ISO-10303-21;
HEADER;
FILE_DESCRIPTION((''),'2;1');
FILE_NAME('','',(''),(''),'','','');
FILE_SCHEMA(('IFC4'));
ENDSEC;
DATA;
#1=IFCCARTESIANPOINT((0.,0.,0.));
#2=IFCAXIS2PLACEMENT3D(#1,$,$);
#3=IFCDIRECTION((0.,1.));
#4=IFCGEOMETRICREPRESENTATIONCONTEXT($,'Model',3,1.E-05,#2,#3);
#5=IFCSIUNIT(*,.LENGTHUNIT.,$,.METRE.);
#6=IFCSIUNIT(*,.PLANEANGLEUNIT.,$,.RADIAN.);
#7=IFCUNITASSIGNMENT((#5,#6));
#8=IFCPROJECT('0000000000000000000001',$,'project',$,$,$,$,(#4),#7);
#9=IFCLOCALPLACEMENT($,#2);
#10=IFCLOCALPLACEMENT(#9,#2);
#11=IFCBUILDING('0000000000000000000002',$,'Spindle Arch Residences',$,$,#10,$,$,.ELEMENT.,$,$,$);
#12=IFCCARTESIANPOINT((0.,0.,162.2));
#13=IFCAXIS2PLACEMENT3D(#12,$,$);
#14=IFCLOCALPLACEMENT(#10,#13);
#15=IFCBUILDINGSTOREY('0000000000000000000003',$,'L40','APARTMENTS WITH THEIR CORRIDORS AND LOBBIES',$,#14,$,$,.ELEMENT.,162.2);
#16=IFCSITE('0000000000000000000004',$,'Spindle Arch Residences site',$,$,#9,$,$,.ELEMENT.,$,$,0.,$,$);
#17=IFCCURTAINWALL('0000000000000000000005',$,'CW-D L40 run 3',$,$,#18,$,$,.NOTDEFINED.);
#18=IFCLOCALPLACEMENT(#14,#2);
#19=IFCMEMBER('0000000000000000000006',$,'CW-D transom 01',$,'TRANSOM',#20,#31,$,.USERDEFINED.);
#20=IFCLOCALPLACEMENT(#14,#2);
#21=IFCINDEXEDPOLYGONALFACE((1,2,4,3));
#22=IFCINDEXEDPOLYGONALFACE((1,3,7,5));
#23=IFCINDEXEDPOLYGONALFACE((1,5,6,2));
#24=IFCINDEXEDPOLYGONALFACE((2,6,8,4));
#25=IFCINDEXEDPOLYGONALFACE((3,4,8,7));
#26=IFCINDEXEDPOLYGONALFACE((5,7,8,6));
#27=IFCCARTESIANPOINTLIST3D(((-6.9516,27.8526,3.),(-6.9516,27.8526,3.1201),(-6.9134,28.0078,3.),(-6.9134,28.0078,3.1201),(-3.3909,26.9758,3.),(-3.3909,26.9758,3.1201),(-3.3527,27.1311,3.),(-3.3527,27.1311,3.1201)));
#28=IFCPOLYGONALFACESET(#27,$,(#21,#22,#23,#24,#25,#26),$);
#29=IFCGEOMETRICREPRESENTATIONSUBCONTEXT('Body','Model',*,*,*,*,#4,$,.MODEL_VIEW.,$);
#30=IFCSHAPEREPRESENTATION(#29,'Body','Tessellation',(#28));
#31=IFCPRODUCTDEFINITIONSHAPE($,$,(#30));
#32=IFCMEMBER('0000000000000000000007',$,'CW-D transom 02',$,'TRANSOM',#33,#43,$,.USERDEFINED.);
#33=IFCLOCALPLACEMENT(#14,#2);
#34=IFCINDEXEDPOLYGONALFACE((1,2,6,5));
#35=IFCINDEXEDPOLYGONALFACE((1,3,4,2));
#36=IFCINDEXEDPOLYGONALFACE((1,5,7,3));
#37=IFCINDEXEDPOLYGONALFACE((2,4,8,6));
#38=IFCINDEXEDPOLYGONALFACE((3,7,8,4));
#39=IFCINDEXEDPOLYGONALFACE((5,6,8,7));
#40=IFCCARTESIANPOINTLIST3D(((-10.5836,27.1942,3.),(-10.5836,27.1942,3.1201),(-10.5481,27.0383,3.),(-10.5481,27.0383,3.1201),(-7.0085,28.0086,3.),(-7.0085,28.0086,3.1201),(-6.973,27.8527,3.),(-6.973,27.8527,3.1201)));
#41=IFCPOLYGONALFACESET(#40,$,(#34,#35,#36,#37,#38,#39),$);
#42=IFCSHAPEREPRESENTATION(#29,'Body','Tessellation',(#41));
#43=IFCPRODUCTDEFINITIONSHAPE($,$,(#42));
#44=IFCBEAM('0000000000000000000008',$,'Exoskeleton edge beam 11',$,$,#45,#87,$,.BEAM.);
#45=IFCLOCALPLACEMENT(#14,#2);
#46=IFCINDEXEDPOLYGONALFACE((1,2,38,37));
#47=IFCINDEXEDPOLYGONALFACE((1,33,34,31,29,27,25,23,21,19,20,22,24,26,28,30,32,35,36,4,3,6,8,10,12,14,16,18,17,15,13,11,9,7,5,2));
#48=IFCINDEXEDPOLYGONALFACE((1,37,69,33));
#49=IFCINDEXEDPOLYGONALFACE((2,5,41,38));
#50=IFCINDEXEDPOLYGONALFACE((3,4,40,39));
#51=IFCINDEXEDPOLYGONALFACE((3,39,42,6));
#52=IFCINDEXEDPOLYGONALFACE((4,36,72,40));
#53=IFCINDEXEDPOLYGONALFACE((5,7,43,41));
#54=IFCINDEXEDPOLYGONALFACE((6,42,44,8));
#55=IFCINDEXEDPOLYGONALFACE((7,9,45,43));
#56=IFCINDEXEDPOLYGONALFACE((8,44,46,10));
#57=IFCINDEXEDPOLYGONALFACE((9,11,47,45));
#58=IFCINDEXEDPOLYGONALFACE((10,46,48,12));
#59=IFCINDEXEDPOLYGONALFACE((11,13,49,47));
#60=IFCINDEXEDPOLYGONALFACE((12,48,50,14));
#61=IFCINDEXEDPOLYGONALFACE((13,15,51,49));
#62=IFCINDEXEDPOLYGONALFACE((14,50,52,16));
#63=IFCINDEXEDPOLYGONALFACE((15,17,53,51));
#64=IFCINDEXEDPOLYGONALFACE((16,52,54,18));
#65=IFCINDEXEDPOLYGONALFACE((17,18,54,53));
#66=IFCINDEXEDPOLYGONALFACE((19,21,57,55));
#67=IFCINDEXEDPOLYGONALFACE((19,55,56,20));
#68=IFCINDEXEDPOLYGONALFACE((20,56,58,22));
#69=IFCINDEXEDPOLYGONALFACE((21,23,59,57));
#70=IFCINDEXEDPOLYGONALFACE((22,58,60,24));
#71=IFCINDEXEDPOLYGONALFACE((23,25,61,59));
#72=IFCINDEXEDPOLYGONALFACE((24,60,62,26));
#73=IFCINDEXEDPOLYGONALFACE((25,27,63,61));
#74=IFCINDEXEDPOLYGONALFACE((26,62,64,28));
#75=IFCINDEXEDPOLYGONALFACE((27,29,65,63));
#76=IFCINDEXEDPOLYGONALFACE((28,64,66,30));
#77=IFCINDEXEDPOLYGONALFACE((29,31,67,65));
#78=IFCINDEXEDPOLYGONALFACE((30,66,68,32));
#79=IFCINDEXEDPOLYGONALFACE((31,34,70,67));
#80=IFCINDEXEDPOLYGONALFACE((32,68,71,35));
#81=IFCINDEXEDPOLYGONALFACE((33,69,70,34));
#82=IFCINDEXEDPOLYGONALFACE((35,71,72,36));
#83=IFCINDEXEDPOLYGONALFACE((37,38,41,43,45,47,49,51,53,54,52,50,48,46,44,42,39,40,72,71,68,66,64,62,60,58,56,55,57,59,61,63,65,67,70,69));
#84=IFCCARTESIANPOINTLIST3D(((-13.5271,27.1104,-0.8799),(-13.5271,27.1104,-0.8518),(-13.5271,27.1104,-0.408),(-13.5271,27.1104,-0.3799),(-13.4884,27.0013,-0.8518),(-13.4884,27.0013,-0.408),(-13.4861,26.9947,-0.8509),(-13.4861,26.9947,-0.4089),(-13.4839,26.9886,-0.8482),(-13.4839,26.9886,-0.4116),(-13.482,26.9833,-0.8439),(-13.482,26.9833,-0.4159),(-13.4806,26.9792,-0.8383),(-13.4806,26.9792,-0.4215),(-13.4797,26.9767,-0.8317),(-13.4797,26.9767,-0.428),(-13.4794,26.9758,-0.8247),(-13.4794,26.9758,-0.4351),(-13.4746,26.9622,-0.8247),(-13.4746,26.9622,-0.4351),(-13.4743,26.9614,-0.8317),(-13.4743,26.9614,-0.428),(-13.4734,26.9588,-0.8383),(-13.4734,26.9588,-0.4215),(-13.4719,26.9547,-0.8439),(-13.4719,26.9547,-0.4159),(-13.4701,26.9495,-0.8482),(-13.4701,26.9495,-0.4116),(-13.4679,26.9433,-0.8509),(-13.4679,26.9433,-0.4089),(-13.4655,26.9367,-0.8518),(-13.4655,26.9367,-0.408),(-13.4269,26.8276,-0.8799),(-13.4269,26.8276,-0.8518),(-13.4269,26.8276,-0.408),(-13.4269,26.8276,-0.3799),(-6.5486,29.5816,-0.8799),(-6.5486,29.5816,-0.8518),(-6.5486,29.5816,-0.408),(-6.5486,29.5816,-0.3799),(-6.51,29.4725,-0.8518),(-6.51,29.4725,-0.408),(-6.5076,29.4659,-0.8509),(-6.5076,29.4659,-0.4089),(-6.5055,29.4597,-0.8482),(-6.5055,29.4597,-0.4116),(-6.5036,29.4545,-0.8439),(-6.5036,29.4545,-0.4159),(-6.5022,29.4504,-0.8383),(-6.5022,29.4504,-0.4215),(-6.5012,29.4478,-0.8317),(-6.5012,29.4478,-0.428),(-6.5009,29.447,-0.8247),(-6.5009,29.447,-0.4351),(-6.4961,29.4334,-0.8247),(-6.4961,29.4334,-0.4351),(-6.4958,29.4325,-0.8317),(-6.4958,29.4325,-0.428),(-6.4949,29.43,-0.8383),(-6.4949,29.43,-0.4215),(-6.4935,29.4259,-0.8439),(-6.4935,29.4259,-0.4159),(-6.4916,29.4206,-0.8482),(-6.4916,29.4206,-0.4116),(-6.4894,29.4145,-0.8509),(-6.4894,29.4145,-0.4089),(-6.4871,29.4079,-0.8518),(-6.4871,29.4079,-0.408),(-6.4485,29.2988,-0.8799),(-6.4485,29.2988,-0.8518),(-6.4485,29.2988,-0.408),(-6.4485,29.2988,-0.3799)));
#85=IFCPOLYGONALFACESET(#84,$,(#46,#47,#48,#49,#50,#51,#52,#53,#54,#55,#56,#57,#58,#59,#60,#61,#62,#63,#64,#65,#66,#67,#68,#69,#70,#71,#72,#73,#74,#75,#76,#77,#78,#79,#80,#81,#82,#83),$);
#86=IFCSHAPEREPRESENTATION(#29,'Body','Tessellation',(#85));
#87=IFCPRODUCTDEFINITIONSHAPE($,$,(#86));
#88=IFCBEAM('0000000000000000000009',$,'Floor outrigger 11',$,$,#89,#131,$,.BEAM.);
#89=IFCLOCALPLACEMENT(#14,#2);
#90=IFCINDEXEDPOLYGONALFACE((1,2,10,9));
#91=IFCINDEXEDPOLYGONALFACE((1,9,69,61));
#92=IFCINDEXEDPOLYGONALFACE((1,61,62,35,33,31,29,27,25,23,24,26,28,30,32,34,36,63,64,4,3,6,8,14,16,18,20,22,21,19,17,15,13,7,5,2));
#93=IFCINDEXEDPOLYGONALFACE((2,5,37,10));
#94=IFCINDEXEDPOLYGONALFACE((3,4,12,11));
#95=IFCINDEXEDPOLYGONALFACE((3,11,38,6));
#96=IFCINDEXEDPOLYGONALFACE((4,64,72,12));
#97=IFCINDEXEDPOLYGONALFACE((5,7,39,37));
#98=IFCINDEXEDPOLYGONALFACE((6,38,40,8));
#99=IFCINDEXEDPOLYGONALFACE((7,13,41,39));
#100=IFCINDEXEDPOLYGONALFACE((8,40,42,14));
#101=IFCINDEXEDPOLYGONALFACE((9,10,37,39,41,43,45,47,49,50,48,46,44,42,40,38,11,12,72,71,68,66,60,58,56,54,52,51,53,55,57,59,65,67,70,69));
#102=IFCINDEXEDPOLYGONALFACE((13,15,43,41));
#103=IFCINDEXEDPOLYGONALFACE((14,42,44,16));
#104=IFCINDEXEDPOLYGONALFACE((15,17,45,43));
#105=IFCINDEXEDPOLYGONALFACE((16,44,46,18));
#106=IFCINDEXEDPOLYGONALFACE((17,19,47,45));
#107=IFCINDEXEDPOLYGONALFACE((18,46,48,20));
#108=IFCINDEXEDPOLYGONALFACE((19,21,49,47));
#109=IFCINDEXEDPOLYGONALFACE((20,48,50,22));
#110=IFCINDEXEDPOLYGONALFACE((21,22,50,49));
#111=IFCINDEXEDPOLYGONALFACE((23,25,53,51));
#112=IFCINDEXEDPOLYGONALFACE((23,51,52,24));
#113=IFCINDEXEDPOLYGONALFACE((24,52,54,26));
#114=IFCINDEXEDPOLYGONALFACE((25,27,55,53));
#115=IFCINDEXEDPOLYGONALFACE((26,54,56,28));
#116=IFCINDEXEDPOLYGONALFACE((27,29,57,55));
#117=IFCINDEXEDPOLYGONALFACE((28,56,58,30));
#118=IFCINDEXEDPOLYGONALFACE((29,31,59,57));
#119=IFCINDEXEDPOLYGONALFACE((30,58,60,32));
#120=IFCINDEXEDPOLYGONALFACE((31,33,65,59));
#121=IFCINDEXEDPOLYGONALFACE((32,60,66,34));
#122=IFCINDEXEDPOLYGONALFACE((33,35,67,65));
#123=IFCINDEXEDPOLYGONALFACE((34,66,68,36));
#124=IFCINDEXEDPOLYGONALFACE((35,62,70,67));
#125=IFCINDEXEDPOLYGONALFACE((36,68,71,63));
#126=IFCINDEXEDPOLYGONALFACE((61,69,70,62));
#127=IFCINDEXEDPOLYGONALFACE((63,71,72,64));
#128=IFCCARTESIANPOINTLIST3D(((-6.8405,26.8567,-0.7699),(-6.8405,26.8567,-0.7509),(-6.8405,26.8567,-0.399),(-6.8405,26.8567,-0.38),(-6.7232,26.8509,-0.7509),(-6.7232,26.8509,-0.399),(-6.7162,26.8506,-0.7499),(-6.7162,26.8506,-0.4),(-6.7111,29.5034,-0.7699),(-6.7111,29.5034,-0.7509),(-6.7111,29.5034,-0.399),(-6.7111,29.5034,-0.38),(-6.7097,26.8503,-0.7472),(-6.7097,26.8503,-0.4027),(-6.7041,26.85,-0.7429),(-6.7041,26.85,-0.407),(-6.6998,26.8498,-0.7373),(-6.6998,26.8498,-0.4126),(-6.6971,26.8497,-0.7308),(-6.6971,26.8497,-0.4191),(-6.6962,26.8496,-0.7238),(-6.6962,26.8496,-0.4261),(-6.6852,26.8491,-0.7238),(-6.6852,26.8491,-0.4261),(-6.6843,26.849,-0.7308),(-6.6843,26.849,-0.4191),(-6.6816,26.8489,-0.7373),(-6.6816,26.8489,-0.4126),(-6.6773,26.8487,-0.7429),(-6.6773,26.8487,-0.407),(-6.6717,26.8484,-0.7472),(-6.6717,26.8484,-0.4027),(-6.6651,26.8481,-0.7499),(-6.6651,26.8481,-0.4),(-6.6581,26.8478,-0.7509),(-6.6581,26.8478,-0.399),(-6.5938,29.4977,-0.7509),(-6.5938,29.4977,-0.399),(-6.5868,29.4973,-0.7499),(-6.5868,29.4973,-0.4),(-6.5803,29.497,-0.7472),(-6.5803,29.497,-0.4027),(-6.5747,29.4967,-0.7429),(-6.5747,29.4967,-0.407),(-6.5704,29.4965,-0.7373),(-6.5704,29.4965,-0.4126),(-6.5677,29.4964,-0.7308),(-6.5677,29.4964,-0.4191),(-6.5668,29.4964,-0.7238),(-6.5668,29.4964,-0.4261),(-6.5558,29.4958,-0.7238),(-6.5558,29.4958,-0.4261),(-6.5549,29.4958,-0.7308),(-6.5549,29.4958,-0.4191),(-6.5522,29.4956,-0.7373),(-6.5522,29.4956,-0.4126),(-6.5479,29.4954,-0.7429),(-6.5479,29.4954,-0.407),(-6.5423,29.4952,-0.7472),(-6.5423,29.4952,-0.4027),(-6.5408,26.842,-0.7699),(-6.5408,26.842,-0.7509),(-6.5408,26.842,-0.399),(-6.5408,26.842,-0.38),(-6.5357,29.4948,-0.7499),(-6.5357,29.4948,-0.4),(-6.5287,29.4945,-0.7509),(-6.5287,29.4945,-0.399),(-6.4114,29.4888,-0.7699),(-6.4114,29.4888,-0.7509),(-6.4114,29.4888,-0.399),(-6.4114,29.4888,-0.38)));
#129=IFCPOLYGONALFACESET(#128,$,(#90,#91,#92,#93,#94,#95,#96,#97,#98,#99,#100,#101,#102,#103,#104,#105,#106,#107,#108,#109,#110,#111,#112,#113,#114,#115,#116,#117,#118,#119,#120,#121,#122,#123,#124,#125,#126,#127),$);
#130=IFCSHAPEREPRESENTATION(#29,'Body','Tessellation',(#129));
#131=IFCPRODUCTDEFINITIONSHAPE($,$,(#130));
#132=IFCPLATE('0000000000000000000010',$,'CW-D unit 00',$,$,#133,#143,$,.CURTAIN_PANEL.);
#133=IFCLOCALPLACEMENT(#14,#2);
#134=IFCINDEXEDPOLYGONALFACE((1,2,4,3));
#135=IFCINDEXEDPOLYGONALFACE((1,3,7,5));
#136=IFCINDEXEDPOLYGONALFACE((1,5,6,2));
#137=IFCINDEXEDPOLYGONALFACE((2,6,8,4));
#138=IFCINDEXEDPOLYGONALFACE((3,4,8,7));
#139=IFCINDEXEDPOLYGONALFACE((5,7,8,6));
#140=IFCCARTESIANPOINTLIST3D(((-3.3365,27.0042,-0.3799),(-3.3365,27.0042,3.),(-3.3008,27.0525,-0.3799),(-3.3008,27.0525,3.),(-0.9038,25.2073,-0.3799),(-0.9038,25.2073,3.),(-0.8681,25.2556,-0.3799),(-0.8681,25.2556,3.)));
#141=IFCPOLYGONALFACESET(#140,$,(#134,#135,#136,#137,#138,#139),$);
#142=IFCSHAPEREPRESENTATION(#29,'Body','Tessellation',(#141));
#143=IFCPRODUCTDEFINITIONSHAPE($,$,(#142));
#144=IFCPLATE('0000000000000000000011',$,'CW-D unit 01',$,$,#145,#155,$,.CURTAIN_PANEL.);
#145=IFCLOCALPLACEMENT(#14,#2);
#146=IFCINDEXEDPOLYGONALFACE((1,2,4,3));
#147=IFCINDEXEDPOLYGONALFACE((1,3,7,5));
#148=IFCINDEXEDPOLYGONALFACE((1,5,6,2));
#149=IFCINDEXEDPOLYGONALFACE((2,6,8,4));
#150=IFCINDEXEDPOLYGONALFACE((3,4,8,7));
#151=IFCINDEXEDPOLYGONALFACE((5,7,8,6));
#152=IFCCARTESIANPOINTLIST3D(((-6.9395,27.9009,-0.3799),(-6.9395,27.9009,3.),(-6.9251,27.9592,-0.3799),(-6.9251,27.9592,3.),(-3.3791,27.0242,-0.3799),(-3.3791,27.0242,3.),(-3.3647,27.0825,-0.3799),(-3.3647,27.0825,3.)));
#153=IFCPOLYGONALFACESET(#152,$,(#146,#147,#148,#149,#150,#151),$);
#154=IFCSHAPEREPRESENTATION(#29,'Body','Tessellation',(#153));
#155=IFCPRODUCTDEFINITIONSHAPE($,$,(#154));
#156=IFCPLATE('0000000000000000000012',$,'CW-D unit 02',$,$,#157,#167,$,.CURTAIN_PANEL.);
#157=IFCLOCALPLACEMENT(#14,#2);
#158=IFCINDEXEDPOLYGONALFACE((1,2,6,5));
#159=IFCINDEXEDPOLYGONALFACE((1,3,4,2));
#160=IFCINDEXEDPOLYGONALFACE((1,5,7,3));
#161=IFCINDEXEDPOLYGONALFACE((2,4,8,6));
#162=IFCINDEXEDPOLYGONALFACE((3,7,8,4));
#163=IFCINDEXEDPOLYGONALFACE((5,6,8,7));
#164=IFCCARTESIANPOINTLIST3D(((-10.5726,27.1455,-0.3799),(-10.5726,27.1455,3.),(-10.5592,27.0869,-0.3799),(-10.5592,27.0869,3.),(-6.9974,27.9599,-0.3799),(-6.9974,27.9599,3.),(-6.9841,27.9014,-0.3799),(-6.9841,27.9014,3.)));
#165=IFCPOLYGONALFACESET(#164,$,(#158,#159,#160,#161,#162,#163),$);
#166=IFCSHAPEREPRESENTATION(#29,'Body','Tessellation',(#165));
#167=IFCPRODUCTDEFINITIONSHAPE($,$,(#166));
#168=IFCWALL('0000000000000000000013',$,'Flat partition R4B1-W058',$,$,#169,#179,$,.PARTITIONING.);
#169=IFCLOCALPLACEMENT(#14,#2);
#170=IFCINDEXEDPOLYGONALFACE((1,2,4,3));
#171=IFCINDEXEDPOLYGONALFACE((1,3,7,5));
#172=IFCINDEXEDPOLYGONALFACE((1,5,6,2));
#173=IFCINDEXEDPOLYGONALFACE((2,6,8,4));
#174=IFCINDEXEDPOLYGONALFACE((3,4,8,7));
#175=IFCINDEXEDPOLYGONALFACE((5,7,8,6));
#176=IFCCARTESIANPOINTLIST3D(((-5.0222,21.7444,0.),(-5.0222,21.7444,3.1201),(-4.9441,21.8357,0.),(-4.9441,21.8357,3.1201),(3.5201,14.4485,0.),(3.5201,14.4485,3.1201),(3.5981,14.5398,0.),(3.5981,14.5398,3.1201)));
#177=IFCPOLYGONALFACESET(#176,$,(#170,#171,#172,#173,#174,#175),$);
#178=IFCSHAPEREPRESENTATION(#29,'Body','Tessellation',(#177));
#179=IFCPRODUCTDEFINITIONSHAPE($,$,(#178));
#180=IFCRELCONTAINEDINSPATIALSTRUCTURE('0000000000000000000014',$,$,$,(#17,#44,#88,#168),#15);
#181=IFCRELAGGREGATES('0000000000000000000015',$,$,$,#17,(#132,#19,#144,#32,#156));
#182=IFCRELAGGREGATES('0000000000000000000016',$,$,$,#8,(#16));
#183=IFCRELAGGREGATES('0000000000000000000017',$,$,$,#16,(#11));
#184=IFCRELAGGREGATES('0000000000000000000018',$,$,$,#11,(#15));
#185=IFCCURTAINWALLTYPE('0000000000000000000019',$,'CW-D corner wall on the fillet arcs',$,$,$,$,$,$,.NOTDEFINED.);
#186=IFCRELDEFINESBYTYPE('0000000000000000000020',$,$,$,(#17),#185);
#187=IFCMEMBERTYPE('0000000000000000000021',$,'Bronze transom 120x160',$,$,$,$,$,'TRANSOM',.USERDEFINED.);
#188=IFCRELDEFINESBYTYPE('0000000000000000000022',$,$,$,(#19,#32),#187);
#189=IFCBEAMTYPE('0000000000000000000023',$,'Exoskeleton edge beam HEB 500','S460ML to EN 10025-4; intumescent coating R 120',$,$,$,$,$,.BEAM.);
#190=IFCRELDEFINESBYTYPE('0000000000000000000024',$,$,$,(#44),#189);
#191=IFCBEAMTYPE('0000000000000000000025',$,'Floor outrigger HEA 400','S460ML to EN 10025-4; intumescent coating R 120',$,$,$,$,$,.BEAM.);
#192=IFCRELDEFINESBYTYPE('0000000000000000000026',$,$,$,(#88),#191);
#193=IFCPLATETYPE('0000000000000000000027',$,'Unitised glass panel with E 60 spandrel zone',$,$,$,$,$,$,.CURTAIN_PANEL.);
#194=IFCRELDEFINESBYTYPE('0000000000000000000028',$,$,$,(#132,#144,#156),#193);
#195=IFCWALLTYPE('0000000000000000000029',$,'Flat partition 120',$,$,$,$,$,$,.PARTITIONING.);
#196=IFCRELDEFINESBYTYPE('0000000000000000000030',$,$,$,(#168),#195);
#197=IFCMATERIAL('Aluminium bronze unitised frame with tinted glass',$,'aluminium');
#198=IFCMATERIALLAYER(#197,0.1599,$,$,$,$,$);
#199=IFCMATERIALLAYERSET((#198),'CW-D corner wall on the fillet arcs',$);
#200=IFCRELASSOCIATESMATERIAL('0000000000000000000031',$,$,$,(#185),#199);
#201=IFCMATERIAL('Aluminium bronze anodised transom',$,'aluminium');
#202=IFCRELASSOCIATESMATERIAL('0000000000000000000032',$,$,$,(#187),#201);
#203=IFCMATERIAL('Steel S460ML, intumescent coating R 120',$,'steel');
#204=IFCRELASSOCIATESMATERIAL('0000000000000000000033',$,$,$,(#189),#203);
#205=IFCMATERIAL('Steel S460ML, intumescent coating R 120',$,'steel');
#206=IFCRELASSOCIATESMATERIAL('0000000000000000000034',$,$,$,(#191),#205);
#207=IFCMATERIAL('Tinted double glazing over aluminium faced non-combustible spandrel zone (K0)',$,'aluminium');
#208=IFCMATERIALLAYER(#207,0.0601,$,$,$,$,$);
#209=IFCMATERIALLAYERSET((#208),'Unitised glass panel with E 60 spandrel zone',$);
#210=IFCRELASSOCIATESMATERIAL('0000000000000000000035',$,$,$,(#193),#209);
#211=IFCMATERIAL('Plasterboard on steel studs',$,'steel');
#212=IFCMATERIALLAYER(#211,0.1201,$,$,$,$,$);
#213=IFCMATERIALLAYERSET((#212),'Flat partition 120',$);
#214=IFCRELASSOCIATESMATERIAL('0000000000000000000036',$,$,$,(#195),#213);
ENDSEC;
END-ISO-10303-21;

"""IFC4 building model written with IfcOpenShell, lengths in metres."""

from ifc_helpers import new_model, si_unit, direction, frame, frame_2d, origin, origin_2d, place, context, subcontext, project, spatial, rectangle, i_section, extrude, material, layer, layer_set, material_profile, profile_set, type_object, element, aggregate, save


model = new_model("IFC4")

# Units and contexts
model_context = context("Model", 3, precision=1e-05, world=origin(), true_north=direction((0.0, 1.0)))
body_context = subcontext(model_context, "Body", "Model", "MODEL_VIEW")
ifc_project = project(units=[si_unit("LENGTHUNIT", "METRE"), si_unit("PLANEANGLEUNIT", "RADIAN")], contexts=[model_context])

# Site, building, storey
site_placement = place(None, origin())
site = spatial("IfcSite", under=ifc_project, at=site_placement, Name="Spindle Arch Residences site", CompositionType="ELEMENT", RefElevation=0.0)
building_placement = place(site_placement, origin())
building = spatial("IfcBuilding", under=site, at=building_placement, Name="Spindle Arch Residences", CompositionType="ELEMENT")
storey_placement = place(building_placement, frame((0.0, 0.0, 162.2)))
storey = spatial("IfcBuildingStorey", under=building, at=storey_placement, Name="L40", Description="APARTMENTS WITH THEIR CORRIDORS AND LOBBIES", CompositionType="ELEMENT", Elevation=162.2)

# Curtain wall, members
ifc_material_1 = material(Name="Aluminium bronze unitised frame with tinted glass", Category="aluminium")
ifc_layer_1 = layer(ifc_material_1, 0.1599)
ifc_layer_set_1 = layer_set([ifc_layer_1], Name="CW-D corner wall on the fillet arcs")
curtain_wall_type = type_object("IfcCurtainWallType", Name="CW-D corner wall on the fillet arcs", PredefinedType="NOTDEFINED", material=ifc_layer_set_1)
curtain_wall_placement = place(storey_placement, origin())
curtain_wall = element("IfcCurtainWall", 1, at=curtain_wall_placement, inside=storey, type_object=curtain_wall_type, Name="CW-D L40 run 3", PredefinedType="NOTDEFINED")
ifc_material_2 = material(Name="Aluminium bronze anodised transom", Category="aluminium")
ifc_material_profile_1 = material_profile(ifc_material_2, rectangle(XDim=0.1599, YDim=0.1201, at=origin_2d()), Name="TR 120x160")
ifc_profile_set_1 = profile_set([ifc_material_profile_1], Name="Aluminium bronze anodised transom")
member_type_1 = type_object("IfcMemberType", Name="Bronze transom 120x160", ElementType="TRANSOM", PredefinedType="USERDEFINED", material=ifc_profile_set_1)
member_1_placement = place(storey_placement, frame((-3.3718, 27.0535, 3.0601), z_axis=(-0.970998, 0.239088, 0.0), x_axis=(-0.239088, -0.970998, 0.0)))
member_1 = element("IfcMember", 2, at=member_1_placement, type_object=member_type_1, Name="CW-D transom 01", ObjectType="TRANSOM", PredefinedType="USERDEFINED", context=body_context, shape_type="SweptSolid", body=[
    extrude(rectangle(XDim=0.1599, YDim=0.1201, at=origin_2d()), origin(), (0.0, 0.0, 1.0), 3.667),
])
member_2_placement = place(storey_placement, frame((-6.9907, 27.9307, 3.0601), z_axis=(-0.97502, -0.222116, 0.0), x_axis=(0.222116, -0.97502, 0.0)))
member_2 = element("IfcMember", 3, at=member_2_placement, type_object=member_type_1, Name="CW-D transom 02", ObjectType="TRANSOM", PredefinedType="USERDEFINED", context=body_context, shape_type="SweptSolid", body=[
    extrude(rectangle(XDim=0.1599, YDim=0.1201, at=origin_2d()), origin(), (0.0, 0.0, 1.0), 3.6667),
])

# Beams
ifc_material_3 = material(Name="Steel S460ML, intumescent coating R 120", Category="steel")
ifc_material_profile_2 = material_profile(ifc_material_3, i_section(OverallWidth=0.3, OverallDepth=0.5, WebThickness=0.0144, FlangeThickness=0.0281, FilletRadius=0.0271, at=origin_2d()), Name="HEB 500")
ifc_profile_set_2 = profile_set([ifc_material_profile_2], Name="Steel S460ML, intumescent coating R 120")
beam_type_1 = type_object("IfcBeamType", Name="Exoskeleton edge beam HEB 500", Description="S460ML to EN 10025-4; intumescent coating R 120", PredefinedType="BEAM", material=ifc_profile_set_2)
beam_1_placement = place(storey_placement, frame((-6.4985, 29.4402, -0.6299), z_axis=(-0.942643, -0.333803, 0.0), x_axis=(0.333803, -0.942643, 0.0)))
element("IfcBeam", 4, at=beam_1_placement, inside=storey, type_object=beam_type_1, Name="Exoskeleton edge beam 11", PredefinedType="BEAM", context=body_context, shape_type="SweptSolid", body=[
    extrude(i_section(OverallWidth=0.3, OverallDepth=0.5, WebThickness=0.0144, FlangeThickness=0.0281, FilletRadius=0.0271, at=origin_2d()), origin(), (0.0, 0.0, 1.0), 7.4031),
])
ifc_material_4 = material(Name="Steel S460ML, intumescent coating R 120", Category="steel")
ifc_material_profile_3 = material_profile(ifc_material_4, i_section(OverallWidth=0.3, OverallDepth=0.3899, WebThickness=0.011, FlangeThickness=0.019, FilletRadius=0.0271, at=origin_2d()), Name="HEA 400")
ifc_profile_set_3 = profile_set([ifc_material_profile_3], Name="Steel S460ML, intumescent coating R 120")
beam_type_2 = type_object("IfcBeamType", Name="Floor outrigger HEA 400", Description="S460ML to EN 10025-4; intumescent coating R 120", PredefinedType="BEAM", material=ifc_profile_set_3)
beam_2_placement = place(storey_placement, frame((-6.5613, 29.4961, -0.575), z_axis=(-0.04883, -0.998807, 0.0), x_axis=(0.998807, -0.04883, 0.0)))
element("IfcBeam", 5, at=beam_2_placement, inside=storey, type_object=beam_type_2, Name="Floor outrigger 11", PredefinedType="BEAM", context=body_context, shape_type="SweptSolid", body=[
    extrude(i_section(OverallWidth=0.3, OverallDepth=0.3899, WebThickness=0.011, FlangeThickness=0.019, FilletRadius=0.0271, at=origin_2d()), origin(), (0.0, 0.0, 1.0), 2.6499),
])

# Plates
ifc_material_5 = material(Name="Tinted double glazing over aluminium faced non-combustible spandrel zone (K0)", Category="aluminium")
ifc_layer_2 = layer(ifc_material_5, 0.0601)
ifc_layer_set_2 = layer_set([ifc_layer_2], Name="Unitised glass panel with E 60 spandrel zone")
plate_type = type_object("IfcPlateType", Name="Unitised glass panel with E 60 spandrel zone", PredefinedType="CURTAIN_PANEL", material=ifc_layer_set_2)
plate_1_placement = place(storey_placement, frame((-2.1023, 26.1299, -0.3799), z_axis=(0.0, 0.0, 1.0), x_axis=(-0.804366, 0.594134, 0.0)))
plate_1 = element("IfcPlate", 6, at=plate_1_placement, type_object=plate_type, Name="CW-D unit 00", PredefinedType="CURTAIN_PANEL", context=body_context, shape_type="SweptSolid", body=[
    extrude(rectangle(XDim=3.0244, YDim=0.0601, at=origin_2d()), origin(), (0.0, 0.0, 1.0), 3.3799),
])
plate_2_placement = place(storey_placement, frame((-5.1521, 27.4917, -0.3799), z_axis=(0.0, 0.0, 1.0), x_axis=(-0.970995, 0.239098, 0.0)))
plate_2 = element("IfcPlate", 7, at=plate_2_placement, type_object=plate_type, Name="CW-D unit 01", PredefinedType="CURTAIN_PANEL", context=body_context, shape_type="SweptSolid", body=[
    extrude(rectangle(XDim=3.6667, YDim=0.0601, at=origin_2d()), origin(), (0.0, 0.0, 1.0), 3.3799),
])
plate_3_placement = place(storey_placement, frame((-8.7783, 27.5234, -0.3799), z_axis=(0.0, 0.0, 1.0), x_axis=(-0.97502, -0.222116, 0.0)))
plate_3 = element("IfcPlate", 8, at=plate_3_placement, type_object=plate_type, Name="CW-D unit 02", PredefinedType="CURTAIN_PANEL", context=body_context, shape_type="SweptSolid", body=[
    extrude(rectangle(XDim=3.6667, YDim=0.0601, at=origin_2d()), origin(), (0.0, 0.0, 1.0), 3.3799),
])
aggregate(curtain_wall, [plate_1, member_1, plate_2, member_2, plate_3])

# Wall
ifc_material_6 = material(Name="Plasterboard on steel studs", Category="steel")
ifc_layer_3 = layer(ifc_material_6, 0.1201)
ifc_layer_set_3 = layer_set([ifc_layer_3], Name="Flat partition 120")
wall_type_1 = type_object("IfcWallType", Name="Flat partition 120", PredefinedType="PARTITIONING", material=ifc_layer_set_3)
wall_1_placement = place(storey_placement, frame((-4.9832, 21.79, 0.0), z_axis=(0.0, 0.0, 1.0), x_axis=(0.7604, -0.649455, 0.0)))
element("IfcWall", 9, at=wall_1_placement, inside=storey, type_object=wall_type_1, Name="Flat partition R4B1-W058", PredefinedType="PARTITIONING", context=body_context, shape_type="SweptSolid", body=[
    extrude(rectangle(XDim=11.2339, YDim=0.1201, at=frame_2d((5.6169, 0.0))), origin(), (0.0, 0.0, 1.0), 3.1201),
])

save(model, "model.ifc")
